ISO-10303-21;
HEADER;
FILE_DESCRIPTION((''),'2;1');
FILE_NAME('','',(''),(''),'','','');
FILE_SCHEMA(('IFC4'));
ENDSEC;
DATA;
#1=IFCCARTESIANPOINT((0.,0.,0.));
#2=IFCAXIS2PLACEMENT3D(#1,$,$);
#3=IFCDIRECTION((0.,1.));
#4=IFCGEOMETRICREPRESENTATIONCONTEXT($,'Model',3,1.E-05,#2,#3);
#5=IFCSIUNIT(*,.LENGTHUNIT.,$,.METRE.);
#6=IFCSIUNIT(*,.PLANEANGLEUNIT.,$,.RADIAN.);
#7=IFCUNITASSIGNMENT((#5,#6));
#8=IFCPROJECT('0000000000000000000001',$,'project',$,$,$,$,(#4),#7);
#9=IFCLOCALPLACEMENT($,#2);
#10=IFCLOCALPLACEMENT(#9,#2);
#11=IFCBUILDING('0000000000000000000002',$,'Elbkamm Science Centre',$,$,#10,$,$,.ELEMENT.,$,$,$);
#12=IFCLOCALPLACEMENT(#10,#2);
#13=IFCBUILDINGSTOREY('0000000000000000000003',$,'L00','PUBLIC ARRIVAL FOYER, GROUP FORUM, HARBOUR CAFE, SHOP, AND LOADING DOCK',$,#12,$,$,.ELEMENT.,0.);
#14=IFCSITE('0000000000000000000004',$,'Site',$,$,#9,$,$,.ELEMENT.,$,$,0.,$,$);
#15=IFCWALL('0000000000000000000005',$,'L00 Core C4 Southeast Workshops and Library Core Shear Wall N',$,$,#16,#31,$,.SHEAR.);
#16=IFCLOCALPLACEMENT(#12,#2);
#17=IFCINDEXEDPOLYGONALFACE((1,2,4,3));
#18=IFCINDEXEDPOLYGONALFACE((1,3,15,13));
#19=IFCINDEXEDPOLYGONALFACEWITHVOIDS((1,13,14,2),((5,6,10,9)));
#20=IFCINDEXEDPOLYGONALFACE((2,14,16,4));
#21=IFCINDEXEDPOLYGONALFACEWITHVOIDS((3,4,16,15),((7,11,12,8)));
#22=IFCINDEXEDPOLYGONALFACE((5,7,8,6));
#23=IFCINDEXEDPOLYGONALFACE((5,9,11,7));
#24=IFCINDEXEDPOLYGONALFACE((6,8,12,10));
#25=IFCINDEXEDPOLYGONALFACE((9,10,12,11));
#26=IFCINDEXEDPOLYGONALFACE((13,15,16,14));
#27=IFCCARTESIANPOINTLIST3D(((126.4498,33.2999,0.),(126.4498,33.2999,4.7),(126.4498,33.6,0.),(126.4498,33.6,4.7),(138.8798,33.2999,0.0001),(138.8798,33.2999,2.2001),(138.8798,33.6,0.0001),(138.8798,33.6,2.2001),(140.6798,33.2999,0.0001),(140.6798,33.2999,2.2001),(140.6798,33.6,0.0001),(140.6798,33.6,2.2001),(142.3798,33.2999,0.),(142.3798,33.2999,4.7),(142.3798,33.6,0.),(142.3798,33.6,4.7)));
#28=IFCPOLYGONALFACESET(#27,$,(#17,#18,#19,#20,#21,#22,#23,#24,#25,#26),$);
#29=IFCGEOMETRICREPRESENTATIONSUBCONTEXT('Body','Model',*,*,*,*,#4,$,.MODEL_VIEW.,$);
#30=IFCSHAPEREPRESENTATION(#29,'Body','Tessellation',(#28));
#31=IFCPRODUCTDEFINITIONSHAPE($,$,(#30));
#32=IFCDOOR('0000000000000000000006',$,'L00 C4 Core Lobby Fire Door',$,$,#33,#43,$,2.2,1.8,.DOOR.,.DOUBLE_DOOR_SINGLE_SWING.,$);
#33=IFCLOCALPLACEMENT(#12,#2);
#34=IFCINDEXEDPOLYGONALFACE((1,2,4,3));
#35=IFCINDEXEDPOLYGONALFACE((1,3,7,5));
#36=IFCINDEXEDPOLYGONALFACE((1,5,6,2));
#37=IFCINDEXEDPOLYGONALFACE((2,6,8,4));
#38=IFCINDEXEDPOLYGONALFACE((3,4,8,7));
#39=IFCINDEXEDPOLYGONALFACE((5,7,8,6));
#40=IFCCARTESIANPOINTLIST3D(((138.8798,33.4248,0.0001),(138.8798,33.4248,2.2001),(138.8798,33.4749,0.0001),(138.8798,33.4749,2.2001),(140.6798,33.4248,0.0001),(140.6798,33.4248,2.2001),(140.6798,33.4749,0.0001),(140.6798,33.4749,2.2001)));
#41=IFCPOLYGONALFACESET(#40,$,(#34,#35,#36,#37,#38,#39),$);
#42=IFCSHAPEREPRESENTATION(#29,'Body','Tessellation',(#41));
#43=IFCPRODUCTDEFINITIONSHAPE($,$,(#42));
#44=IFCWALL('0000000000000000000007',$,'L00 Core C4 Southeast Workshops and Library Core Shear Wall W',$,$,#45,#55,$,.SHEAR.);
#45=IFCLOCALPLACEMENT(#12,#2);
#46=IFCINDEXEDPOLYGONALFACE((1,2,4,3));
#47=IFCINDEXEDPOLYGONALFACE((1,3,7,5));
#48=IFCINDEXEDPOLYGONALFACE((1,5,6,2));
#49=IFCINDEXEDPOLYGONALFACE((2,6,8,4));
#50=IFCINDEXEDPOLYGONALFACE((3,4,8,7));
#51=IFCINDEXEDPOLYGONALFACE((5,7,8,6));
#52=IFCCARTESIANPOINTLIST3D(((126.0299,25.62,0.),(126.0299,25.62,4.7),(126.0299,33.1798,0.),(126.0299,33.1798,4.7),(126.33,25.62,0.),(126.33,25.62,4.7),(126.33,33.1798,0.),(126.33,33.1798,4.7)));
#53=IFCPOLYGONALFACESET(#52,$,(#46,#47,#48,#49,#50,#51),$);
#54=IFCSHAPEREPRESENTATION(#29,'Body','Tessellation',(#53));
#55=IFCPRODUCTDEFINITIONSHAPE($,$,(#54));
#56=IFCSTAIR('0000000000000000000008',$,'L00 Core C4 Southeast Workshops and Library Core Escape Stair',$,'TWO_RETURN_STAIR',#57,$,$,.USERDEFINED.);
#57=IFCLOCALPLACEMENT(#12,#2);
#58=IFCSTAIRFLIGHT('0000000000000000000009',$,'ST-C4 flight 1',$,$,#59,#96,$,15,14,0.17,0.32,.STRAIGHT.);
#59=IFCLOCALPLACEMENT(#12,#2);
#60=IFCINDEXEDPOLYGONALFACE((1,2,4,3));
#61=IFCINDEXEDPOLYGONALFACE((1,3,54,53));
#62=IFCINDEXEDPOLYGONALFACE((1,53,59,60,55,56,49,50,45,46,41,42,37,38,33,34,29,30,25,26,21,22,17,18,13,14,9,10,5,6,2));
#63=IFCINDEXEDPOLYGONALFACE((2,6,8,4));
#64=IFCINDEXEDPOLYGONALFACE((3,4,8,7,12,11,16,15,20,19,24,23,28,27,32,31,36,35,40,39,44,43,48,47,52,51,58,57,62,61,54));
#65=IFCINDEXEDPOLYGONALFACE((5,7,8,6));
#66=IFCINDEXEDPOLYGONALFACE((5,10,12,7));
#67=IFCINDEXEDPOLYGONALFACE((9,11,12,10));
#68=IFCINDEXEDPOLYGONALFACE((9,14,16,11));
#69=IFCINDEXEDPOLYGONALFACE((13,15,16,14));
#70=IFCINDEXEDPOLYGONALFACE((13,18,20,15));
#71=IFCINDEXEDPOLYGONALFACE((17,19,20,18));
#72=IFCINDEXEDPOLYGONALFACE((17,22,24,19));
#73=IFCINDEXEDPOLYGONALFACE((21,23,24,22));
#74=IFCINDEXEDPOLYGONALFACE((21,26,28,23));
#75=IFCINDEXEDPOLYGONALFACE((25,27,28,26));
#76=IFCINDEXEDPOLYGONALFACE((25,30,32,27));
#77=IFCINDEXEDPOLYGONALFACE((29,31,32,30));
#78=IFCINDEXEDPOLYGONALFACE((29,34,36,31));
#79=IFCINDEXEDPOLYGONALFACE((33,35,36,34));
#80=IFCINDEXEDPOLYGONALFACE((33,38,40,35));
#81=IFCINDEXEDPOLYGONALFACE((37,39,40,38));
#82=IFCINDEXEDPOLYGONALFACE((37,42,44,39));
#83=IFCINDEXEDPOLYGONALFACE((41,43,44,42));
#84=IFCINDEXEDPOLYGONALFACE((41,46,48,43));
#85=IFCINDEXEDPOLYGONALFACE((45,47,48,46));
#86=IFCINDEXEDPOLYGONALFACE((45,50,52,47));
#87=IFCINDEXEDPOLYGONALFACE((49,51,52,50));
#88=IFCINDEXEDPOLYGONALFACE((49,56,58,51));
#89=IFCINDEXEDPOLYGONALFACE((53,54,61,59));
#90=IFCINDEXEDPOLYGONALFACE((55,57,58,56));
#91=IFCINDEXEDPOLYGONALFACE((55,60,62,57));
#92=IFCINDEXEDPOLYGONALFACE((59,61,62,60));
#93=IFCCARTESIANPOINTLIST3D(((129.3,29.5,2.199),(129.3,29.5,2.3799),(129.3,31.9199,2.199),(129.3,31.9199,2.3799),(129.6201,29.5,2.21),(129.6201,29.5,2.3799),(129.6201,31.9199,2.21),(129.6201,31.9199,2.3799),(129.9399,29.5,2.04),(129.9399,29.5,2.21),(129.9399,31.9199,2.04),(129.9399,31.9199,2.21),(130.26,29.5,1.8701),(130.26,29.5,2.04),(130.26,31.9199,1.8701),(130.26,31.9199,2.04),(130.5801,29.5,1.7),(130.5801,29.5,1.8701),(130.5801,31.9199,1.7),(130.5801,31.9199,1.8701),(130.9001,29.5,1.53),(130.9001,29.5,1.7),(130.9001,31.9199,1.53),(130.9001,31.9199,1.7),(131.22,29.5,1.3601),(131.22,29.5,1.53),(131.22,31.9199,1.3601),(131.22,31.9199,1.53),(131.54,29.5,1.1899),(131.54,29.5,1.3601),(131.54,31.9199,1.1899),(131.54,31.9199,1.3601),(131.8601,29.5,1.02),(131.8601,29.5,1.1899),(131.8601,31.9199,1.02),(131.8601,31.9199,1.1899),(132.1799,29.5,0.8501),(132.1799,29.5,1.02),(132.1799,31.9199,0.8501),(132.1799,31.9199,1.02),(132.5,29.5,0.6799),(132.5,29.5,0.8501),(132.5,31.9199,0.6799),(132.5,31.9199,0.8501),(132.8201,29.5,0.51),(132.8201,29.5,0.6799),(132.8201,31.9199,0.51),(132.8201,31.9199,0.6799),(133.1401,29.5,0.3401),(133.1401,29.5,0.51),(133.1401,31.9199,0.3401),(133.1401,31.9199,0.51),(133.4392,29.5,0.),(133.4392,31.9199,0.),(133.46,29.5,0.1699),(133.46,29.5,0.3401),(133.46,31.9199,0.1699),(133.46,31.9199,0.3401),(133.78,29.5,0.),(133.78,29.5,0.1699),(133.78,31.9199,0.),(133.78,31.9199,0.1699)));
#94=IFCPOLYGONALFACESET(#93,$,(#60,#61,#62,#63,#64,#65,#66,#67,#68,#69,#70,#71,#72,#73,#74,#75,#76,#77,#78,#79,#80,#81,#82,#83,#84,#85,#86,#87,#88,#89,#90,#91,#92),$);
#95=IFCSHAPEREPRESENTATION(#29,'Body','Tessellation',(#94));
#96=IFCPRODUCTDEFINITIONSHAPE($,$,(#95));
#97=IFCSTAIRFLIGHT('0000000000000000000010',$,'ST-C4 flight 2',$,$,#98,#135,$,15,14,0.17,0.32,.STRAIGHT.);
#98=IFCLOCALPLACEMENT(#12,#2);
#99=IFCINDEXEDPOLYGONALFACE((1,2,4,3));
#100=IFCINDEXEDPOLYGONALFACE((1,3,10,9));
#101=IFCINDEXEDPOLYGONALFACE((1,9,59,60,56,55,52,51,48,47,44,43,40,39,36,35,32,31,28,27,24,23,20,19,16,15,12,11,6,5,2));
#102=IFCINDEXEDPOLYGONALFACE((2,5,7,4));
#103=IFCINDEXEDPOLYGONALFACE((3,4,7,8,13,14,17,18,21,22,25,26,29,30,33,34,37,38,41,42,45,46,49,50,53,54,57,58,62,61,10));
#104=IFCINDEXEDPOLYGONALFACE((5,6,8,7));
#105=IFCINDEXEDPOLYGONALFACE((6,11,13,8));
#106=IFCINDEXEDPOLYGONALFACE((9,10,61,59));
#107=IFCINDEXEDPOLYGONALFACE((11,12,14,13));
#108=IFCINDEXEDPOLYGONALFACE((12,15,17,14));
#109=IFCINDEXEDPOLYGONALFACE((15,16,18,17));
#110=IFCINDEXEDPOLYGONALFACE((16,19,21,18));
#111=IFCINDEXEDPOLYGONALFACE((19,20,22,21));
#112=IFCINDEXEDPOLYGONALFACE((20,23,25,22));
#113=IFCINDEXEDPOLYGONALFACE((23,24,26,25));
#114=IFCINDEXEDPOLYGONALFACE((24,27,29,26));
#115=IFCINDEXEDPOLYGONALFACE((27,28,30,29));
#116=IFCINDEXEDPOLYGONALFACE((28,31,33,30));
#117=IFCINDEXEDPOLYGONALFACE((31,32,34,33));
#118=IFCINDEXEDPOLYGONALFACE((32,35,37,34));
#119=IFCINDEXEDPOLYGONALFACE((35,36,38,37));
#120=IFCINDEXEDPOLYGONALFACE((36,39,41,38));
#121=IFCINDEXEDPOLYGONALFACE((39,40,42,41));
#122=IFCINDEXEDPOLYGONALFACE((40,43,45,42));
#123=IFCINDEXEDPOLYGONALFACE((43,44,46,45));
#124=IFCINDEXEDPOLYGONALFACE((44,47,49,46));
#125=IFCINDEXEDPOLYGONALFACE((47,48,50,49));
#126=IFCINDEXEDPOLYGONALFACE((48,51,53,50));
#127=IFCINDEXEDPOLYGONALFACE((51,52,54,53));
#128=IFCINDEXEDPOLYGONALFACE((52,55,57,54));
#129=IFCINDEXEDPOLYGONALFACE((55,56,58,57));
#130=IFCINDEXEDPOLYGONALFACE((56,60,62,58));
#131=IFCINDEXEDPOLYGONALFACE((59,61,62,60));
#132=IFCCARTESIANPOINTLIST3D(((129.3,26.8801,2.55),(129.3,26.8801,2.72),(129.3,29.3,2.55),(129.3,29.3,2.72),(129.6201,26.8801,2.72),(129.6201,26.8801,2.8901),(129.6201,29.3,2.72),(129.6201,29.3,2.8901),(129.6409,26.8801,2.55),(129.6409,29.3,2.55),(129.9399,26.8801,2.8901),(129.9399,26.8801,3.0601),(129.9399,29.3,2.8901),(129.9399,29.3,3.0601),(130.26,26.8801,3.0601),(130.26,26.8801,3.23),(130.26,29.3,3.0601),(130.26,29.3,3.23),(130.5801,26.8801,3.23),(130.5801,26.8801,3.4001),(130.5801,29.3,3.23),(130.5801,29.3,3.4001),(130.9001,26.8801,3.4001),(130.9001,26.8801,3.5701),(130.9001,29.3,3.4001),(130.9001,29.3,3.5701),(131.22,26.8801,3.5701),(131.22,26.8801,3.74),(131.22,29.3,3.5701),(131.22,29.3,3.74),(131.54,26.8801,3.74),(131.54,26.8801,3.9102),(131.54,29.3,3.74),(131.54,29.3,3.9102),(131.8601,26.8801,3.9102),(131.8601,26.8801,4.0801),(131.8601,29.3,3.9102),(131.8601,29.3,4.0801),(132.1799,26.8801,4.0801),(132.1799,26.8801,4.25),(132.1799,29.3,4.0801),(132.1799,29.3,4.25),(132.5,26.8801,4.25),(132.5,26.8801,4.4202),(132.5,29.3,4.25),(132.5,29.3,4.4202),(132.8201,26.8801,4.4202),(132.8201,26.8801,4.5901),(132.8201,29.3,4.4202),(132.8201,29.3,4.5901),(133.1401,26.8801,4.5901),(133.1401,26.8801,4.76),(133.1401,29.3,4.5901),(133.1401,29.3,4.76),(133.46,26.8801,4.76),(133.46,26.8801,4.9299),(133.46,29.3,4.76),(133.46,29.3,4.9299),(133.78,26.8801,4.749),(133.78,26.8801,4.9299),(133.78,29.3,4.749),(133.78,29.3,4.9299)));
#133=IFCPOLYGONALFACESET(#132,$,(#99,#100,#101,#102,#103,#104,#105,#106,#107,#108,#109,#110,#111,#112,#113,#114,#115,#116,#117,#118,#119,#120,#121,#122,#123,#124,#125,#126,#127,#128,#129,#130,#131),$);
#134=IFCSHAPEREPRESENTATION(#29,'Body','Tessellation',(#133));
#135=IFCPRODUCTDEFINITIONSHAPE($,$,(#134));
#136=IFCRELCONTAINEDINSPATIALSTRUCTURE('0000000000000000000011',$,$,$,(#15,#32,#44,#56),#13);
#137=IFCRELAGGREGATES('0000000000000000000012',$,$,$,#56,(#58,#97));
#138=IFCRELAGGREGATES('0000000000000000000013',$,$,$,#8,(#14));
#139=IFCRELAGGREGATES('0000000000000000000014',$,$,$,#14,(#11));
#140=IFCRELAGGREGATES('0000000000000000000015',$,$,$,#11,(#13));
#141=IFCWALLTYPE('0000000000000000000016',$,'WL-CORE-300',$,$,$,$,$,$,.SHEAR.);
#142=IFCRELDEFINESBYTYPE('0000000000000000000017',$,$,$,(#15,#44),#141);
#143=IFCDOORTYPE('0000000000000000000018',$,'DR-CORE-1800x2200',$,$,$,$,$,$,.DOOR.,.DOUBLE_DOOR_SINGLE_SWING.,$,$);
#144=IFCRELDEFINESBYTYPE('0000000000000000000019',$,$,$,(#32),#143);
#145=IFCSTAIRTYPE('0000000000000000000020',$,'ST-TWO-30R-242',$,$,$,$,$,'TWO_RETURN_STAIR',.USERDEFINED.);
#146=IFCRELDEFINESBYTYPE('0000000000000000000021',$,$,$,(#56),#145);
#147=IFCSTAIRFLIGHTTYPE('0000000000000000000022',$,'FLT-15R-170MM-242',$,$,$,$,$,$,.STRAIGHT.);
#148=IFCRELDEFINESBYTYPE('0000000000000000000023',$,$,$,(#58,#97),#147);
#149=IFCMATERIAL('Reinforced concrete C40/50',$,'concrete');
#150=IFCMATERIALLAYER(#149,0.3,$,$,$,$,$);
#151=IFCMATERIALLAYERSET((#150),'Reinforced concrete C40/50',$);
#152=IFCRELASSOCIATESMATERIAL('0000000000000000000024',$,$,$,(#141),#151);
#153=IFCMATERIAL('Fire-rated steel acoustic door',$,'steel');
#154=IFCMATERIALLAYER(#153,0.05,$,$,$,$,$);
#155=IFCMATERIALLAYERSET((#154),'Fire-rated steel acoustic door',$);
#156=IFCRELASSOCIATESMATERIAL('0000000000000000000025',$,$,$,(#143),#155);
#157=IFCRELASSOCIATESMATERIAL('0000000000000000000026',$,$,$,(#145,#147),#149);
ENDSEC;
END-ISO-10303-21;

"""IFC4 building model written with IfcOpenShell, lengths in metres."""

from ifc_helpers import new_model, si_unit, direction, frame, frame_2d, origin, place, context, subcontext, project, spatial, polyline, rectangle, outline, extrude, material, layer, layer_set, type_object, element, fill, aggregate, save


model = new_model("IFC4")

# Units and contexts
model_context = context("Model", 3, precision=1e-05, world=origin(), true_north=direction((0.0, 1.0)))
body_context = subcontext(model_context, "Body", "Model", "MODEL_VIEW")
ifc_project = project(units=[si_unit("LENGTHUNIT", "METRE"), si_unit("PLANEANGLEUNIT", "RADIAN")], contexts=[model_context])

# Site, building, storey
site_placement = place(None, origin())
site = spatial("IfcSite", under=ifc_project, at=site_placement, Name="Site", CompositionType="ELEMENT", RefElevation=0.0)
building_placement = place(site_placement, origin())
building = spatial("IfcBuilding", under=site, at=building_placement, Name="Elbkamm Science Centre", CompositionType="ELEMENT")
storey_placement = place(building_placement, origin())
storey = spatial("IfcBuildingStorey", under=building, at=storey_placement, Name="L00", Description="PUBLIC ARRIVAL FOYER, GROUP FORUM, HARBOUR CAFE, SHOP, AND LOADING DOCK", CompositionType="ELEMENT", Elevation=0.0)

# Shared definitions
ifc_material_1 = material(Name="Reinforced concrete C40/50", Category="concrete")

# Wall, opening, door
ifc_layer_1 = layer(ifc_material_1, 0.3)
ifc_layer_set_1 = layer_set([ifc_layer_1], Name="Reinforced concrete C40/50")
wall_type_1 = type_object("IfcWallType", Name="WL-CORE-300", PredefinedType="SHEAR", material=ifc_layer_set_1)
wall_1_placement = place(storey_placement, frame((126.45, 33.45, 0.0), z_axis=(0.0, 0.0, 1.0), x_axis=(1.0, 0.0, 0.0)))
wall_1 = element("IfcWall", 1, at=wall_1_placement, inside=storey, type_object=wall_type_1, Name="L00 Core C4 Southeast Workshops and Library Core Shear Wall N", PredefinedType="SHEAR", context=body_context, shape_type="SweptSolid", body=[
    extrude(rectangle(XDim=15.9299, YDim=0.3, at=frame_2d((7.9648, 0.0))), origin(), (0.0, 0.0, 1.0), 4.7),
])
opening_1_placement = place(wall_1_placement, frame((12.4299, 0.0, 0.0)))
opening_1 = element("IfcOpeningElement", 2, at=opening_1_placement, cuts=wall_1, PredefinedType="OPENING", context=body_context, shape_type="SweptSolid", body=[
    extrude(rectangle(XDim=1.8, YDim=2.2, at=frame_2d((0.8999, 1.1001))), frame((0.0, 0.1621, 0.0), z_axis=(0.0, -1.0, 0.0), x_axis=(1.0, 0.0, 0.0)), (0.0, 0.0, 1.0), 0.324),
])
ifc_material_2 = material(Name="Fire-rated steel acoustic door", Category="steel")
ifc_layer_2 = layer(ifc_material_2, 0.05)
ifc_layer_set_2 = layer_set([ifc_layer_2], Name="Fire-rated steel acoustic door")
door_type_1 = type_object("IfcDoorType", Name="DR-CORE-1800x2200", OperationType="DOUBLE_DOOR_SINGLE_SWING", PredefinedType="DOOR", material=ifc_layer_set_2)
door_1_placement = place(opening_1_placement, origin())
door_1 = element("IfcDoor", 3, at=door_1_placement, inside=storey, type_object=door_type_1, Name="L00 C4 Core Lobby Fire Door", OperationType="DOUBLE_DOOR_SINGLE_SWING", OverallHeight=2.2, OverallWidth=1.8, PredefinedType="DOOR", context=body_context, shape_type="SweptSolid", body=[
    extrude(rectangle(XDim=1.8, YDim=2.2, at=frame_2d((0.8999, 1.1001))), frame((0.0, 0.0249, 0.0), z_axis=(0.0, -1.0, 0.0), x_axis=(1.0, 0.0, 0.0)), (0.0, 0.0, 1.0), 0.05),
])
fill(opening_1, door_1)

# Wall
wall_2_placement = place(storey_placement, frame((126.1799, 25.6201, 0.0), z_axis=(0.0, 0.0, 1.0), x_axis=(0.0, 1.0, 0.0)))
element("IfcWall", 4, at=wall_2_placement, inside=storey, type_object=wall_type_1, Name="L00 Core C4 Southeast Workshops and Library Core Shear Wall W", PredefinedType="SHEAR", context=body_context, shape_type="SweptSolid", body=[
    extrude(rectangle(XDim=7.5598, YDim=0.3, at=frame_2d((3.7798, 0.0))), origin(), (0.0, 0.0, 1.0), 4.7),
])

# Stair, stair flights
stair_type = type_object("IfcStairType", Name="ST-TWO-30R-242", ElementType="TWO_RETURN_STAIR", PredefinedType="USERDEFINED", material=ifc_material_1)
stair_placement = place(storey_placement, origin())
stair = element("IfcStair", 5, at=stair_placement, inside=storey, type_object=stair_type, Name="L00 Core C4 Southeast Workshops and Library Core Escape Stair", ObjectType="TWO_RETURN_STAIR", PredefinedType="USERDEFINED")
stair_flight_type = type_object("IfcStairFlightType", Name="FLT-15R-170MM-242", PredefinedType="STRAIGHT", material=ifc_material_1)
stair_flight_1_placement = place(storey_placement, frame((133.78, 30.71, 0.0), z_axis=(0.0, 0.0, 1.0), x_axis=(-1.0, 0.0, 0.0)))
stair_flight_1 = element("IfcStairFlight", 6, at=stair_flight_1_placement, type_object=stair_flight_type, Name="ST-C4 flight 1", NumberOfRisers=15, NumberOfTreads=14, PredefinedType="STRAIGHT", RiserHeight=0.17, TreadLength=0.32, context=body_context, shape_type="SweptSolid", body=[
    extrude(outline(polyline([(0.0, 0.0), (0.0, 0.1699), (0.3201, 0.1699), (0.3201, 0.3401), (0.6399, 0.3401), (0.6399, 0.51), (0.96, 0.51), (0.96, 0.6799), (1.28, 0.6799), (1.28, 0.8501), (1.6001, 0.8501), (1.6001, 1.02), (1.9199, 1.02), (1.9199, 1.1899), (2.24, 1.1899), (2.24, 1.3601), (2.5601, 1.3601), (2.5601, 1.53), (2.8799, 1.53), (2.8799, 1.7), (3.2, 1.7), (3.2, 1.8701), (3.52, 1.8701), (3.52, 2.04), (3.8401, 2.04), (3.8401, 2.21), (4.1599, 2.21), (4.1599, 2.3799), (4.48, 2.3799), (4.48, 2.55), (4.48, 2.199), (0.3408, 0.0), (0.0, 0.0)])), frame((0.0, 1.21, 0.0), z_axis=(0.0, -1.0, 0.0), x_axis=(1.0, 0.0, 0.0)), (0.0, 0.0, 1.0), 2.4199),
])
stair_flight_2_placement = place(storey_placement, frame((129.3, 28.0901, 2.55), z_axis=(0.0, 0.0, 1.0), x_axis=(1.0, 0.0, 0.0)))
stair_flight_2 = element("IfcStairFlight", 7, at=stair_flight_2_placement, type_object=stair_flight_type, Name="ST-C4 flight 2", NumberOfRisers=15, NumberOfTreads=14, PredefinedType="STRAIGHT", RiserHeight=0.17, TreadLength=0.32, context=body_context, shape_type="SweptSolid", body=[
    extrude(outline(polyline([(0.0, 0.0), (0.0, 0.1699), (0.3201, 0.1699), (0.3201, 0.3401), (0.6399, 0.3401), (0.6399, 0.51), (0.96, 0.51), (0.96, 0.6799), (1.28, 0.6799), (1.28, 0.8501), (1.6001, 0.8501), (1.6001, 1.02), (1.9199, 1.02), (1.9199, 1.1899), (2.24, 1.1899), (2.24, 1.3601), (2.5601, 1.3601), (2.5601, 1.53), (2.8799, 1.53), (2.8799, 1.7), (3.2, 1.7), (3.2, 1.8701), (3.52, 1.8701), (3.52, 2.04), (3.8401, 2.04), (3.8401, 2.21), (4.1599, 2.21), (4.1599, 2.3799), (4.48, 2.3799), (4.48, 2.55), (4.48, 2.199), (0.3408, 0.0), (0.0, 0.0)])), frame((0.0, 1.21, 0.0), z_axis=(0.0, -1.0, 0.0), x_axis=(1.0, 0.0, 0.0)), (0.0, 0.0, 1.0), 2.4199),
])
aggregate(stair, [stair_flight_1, stair_flight_2])

save(model, "model.ifc")
